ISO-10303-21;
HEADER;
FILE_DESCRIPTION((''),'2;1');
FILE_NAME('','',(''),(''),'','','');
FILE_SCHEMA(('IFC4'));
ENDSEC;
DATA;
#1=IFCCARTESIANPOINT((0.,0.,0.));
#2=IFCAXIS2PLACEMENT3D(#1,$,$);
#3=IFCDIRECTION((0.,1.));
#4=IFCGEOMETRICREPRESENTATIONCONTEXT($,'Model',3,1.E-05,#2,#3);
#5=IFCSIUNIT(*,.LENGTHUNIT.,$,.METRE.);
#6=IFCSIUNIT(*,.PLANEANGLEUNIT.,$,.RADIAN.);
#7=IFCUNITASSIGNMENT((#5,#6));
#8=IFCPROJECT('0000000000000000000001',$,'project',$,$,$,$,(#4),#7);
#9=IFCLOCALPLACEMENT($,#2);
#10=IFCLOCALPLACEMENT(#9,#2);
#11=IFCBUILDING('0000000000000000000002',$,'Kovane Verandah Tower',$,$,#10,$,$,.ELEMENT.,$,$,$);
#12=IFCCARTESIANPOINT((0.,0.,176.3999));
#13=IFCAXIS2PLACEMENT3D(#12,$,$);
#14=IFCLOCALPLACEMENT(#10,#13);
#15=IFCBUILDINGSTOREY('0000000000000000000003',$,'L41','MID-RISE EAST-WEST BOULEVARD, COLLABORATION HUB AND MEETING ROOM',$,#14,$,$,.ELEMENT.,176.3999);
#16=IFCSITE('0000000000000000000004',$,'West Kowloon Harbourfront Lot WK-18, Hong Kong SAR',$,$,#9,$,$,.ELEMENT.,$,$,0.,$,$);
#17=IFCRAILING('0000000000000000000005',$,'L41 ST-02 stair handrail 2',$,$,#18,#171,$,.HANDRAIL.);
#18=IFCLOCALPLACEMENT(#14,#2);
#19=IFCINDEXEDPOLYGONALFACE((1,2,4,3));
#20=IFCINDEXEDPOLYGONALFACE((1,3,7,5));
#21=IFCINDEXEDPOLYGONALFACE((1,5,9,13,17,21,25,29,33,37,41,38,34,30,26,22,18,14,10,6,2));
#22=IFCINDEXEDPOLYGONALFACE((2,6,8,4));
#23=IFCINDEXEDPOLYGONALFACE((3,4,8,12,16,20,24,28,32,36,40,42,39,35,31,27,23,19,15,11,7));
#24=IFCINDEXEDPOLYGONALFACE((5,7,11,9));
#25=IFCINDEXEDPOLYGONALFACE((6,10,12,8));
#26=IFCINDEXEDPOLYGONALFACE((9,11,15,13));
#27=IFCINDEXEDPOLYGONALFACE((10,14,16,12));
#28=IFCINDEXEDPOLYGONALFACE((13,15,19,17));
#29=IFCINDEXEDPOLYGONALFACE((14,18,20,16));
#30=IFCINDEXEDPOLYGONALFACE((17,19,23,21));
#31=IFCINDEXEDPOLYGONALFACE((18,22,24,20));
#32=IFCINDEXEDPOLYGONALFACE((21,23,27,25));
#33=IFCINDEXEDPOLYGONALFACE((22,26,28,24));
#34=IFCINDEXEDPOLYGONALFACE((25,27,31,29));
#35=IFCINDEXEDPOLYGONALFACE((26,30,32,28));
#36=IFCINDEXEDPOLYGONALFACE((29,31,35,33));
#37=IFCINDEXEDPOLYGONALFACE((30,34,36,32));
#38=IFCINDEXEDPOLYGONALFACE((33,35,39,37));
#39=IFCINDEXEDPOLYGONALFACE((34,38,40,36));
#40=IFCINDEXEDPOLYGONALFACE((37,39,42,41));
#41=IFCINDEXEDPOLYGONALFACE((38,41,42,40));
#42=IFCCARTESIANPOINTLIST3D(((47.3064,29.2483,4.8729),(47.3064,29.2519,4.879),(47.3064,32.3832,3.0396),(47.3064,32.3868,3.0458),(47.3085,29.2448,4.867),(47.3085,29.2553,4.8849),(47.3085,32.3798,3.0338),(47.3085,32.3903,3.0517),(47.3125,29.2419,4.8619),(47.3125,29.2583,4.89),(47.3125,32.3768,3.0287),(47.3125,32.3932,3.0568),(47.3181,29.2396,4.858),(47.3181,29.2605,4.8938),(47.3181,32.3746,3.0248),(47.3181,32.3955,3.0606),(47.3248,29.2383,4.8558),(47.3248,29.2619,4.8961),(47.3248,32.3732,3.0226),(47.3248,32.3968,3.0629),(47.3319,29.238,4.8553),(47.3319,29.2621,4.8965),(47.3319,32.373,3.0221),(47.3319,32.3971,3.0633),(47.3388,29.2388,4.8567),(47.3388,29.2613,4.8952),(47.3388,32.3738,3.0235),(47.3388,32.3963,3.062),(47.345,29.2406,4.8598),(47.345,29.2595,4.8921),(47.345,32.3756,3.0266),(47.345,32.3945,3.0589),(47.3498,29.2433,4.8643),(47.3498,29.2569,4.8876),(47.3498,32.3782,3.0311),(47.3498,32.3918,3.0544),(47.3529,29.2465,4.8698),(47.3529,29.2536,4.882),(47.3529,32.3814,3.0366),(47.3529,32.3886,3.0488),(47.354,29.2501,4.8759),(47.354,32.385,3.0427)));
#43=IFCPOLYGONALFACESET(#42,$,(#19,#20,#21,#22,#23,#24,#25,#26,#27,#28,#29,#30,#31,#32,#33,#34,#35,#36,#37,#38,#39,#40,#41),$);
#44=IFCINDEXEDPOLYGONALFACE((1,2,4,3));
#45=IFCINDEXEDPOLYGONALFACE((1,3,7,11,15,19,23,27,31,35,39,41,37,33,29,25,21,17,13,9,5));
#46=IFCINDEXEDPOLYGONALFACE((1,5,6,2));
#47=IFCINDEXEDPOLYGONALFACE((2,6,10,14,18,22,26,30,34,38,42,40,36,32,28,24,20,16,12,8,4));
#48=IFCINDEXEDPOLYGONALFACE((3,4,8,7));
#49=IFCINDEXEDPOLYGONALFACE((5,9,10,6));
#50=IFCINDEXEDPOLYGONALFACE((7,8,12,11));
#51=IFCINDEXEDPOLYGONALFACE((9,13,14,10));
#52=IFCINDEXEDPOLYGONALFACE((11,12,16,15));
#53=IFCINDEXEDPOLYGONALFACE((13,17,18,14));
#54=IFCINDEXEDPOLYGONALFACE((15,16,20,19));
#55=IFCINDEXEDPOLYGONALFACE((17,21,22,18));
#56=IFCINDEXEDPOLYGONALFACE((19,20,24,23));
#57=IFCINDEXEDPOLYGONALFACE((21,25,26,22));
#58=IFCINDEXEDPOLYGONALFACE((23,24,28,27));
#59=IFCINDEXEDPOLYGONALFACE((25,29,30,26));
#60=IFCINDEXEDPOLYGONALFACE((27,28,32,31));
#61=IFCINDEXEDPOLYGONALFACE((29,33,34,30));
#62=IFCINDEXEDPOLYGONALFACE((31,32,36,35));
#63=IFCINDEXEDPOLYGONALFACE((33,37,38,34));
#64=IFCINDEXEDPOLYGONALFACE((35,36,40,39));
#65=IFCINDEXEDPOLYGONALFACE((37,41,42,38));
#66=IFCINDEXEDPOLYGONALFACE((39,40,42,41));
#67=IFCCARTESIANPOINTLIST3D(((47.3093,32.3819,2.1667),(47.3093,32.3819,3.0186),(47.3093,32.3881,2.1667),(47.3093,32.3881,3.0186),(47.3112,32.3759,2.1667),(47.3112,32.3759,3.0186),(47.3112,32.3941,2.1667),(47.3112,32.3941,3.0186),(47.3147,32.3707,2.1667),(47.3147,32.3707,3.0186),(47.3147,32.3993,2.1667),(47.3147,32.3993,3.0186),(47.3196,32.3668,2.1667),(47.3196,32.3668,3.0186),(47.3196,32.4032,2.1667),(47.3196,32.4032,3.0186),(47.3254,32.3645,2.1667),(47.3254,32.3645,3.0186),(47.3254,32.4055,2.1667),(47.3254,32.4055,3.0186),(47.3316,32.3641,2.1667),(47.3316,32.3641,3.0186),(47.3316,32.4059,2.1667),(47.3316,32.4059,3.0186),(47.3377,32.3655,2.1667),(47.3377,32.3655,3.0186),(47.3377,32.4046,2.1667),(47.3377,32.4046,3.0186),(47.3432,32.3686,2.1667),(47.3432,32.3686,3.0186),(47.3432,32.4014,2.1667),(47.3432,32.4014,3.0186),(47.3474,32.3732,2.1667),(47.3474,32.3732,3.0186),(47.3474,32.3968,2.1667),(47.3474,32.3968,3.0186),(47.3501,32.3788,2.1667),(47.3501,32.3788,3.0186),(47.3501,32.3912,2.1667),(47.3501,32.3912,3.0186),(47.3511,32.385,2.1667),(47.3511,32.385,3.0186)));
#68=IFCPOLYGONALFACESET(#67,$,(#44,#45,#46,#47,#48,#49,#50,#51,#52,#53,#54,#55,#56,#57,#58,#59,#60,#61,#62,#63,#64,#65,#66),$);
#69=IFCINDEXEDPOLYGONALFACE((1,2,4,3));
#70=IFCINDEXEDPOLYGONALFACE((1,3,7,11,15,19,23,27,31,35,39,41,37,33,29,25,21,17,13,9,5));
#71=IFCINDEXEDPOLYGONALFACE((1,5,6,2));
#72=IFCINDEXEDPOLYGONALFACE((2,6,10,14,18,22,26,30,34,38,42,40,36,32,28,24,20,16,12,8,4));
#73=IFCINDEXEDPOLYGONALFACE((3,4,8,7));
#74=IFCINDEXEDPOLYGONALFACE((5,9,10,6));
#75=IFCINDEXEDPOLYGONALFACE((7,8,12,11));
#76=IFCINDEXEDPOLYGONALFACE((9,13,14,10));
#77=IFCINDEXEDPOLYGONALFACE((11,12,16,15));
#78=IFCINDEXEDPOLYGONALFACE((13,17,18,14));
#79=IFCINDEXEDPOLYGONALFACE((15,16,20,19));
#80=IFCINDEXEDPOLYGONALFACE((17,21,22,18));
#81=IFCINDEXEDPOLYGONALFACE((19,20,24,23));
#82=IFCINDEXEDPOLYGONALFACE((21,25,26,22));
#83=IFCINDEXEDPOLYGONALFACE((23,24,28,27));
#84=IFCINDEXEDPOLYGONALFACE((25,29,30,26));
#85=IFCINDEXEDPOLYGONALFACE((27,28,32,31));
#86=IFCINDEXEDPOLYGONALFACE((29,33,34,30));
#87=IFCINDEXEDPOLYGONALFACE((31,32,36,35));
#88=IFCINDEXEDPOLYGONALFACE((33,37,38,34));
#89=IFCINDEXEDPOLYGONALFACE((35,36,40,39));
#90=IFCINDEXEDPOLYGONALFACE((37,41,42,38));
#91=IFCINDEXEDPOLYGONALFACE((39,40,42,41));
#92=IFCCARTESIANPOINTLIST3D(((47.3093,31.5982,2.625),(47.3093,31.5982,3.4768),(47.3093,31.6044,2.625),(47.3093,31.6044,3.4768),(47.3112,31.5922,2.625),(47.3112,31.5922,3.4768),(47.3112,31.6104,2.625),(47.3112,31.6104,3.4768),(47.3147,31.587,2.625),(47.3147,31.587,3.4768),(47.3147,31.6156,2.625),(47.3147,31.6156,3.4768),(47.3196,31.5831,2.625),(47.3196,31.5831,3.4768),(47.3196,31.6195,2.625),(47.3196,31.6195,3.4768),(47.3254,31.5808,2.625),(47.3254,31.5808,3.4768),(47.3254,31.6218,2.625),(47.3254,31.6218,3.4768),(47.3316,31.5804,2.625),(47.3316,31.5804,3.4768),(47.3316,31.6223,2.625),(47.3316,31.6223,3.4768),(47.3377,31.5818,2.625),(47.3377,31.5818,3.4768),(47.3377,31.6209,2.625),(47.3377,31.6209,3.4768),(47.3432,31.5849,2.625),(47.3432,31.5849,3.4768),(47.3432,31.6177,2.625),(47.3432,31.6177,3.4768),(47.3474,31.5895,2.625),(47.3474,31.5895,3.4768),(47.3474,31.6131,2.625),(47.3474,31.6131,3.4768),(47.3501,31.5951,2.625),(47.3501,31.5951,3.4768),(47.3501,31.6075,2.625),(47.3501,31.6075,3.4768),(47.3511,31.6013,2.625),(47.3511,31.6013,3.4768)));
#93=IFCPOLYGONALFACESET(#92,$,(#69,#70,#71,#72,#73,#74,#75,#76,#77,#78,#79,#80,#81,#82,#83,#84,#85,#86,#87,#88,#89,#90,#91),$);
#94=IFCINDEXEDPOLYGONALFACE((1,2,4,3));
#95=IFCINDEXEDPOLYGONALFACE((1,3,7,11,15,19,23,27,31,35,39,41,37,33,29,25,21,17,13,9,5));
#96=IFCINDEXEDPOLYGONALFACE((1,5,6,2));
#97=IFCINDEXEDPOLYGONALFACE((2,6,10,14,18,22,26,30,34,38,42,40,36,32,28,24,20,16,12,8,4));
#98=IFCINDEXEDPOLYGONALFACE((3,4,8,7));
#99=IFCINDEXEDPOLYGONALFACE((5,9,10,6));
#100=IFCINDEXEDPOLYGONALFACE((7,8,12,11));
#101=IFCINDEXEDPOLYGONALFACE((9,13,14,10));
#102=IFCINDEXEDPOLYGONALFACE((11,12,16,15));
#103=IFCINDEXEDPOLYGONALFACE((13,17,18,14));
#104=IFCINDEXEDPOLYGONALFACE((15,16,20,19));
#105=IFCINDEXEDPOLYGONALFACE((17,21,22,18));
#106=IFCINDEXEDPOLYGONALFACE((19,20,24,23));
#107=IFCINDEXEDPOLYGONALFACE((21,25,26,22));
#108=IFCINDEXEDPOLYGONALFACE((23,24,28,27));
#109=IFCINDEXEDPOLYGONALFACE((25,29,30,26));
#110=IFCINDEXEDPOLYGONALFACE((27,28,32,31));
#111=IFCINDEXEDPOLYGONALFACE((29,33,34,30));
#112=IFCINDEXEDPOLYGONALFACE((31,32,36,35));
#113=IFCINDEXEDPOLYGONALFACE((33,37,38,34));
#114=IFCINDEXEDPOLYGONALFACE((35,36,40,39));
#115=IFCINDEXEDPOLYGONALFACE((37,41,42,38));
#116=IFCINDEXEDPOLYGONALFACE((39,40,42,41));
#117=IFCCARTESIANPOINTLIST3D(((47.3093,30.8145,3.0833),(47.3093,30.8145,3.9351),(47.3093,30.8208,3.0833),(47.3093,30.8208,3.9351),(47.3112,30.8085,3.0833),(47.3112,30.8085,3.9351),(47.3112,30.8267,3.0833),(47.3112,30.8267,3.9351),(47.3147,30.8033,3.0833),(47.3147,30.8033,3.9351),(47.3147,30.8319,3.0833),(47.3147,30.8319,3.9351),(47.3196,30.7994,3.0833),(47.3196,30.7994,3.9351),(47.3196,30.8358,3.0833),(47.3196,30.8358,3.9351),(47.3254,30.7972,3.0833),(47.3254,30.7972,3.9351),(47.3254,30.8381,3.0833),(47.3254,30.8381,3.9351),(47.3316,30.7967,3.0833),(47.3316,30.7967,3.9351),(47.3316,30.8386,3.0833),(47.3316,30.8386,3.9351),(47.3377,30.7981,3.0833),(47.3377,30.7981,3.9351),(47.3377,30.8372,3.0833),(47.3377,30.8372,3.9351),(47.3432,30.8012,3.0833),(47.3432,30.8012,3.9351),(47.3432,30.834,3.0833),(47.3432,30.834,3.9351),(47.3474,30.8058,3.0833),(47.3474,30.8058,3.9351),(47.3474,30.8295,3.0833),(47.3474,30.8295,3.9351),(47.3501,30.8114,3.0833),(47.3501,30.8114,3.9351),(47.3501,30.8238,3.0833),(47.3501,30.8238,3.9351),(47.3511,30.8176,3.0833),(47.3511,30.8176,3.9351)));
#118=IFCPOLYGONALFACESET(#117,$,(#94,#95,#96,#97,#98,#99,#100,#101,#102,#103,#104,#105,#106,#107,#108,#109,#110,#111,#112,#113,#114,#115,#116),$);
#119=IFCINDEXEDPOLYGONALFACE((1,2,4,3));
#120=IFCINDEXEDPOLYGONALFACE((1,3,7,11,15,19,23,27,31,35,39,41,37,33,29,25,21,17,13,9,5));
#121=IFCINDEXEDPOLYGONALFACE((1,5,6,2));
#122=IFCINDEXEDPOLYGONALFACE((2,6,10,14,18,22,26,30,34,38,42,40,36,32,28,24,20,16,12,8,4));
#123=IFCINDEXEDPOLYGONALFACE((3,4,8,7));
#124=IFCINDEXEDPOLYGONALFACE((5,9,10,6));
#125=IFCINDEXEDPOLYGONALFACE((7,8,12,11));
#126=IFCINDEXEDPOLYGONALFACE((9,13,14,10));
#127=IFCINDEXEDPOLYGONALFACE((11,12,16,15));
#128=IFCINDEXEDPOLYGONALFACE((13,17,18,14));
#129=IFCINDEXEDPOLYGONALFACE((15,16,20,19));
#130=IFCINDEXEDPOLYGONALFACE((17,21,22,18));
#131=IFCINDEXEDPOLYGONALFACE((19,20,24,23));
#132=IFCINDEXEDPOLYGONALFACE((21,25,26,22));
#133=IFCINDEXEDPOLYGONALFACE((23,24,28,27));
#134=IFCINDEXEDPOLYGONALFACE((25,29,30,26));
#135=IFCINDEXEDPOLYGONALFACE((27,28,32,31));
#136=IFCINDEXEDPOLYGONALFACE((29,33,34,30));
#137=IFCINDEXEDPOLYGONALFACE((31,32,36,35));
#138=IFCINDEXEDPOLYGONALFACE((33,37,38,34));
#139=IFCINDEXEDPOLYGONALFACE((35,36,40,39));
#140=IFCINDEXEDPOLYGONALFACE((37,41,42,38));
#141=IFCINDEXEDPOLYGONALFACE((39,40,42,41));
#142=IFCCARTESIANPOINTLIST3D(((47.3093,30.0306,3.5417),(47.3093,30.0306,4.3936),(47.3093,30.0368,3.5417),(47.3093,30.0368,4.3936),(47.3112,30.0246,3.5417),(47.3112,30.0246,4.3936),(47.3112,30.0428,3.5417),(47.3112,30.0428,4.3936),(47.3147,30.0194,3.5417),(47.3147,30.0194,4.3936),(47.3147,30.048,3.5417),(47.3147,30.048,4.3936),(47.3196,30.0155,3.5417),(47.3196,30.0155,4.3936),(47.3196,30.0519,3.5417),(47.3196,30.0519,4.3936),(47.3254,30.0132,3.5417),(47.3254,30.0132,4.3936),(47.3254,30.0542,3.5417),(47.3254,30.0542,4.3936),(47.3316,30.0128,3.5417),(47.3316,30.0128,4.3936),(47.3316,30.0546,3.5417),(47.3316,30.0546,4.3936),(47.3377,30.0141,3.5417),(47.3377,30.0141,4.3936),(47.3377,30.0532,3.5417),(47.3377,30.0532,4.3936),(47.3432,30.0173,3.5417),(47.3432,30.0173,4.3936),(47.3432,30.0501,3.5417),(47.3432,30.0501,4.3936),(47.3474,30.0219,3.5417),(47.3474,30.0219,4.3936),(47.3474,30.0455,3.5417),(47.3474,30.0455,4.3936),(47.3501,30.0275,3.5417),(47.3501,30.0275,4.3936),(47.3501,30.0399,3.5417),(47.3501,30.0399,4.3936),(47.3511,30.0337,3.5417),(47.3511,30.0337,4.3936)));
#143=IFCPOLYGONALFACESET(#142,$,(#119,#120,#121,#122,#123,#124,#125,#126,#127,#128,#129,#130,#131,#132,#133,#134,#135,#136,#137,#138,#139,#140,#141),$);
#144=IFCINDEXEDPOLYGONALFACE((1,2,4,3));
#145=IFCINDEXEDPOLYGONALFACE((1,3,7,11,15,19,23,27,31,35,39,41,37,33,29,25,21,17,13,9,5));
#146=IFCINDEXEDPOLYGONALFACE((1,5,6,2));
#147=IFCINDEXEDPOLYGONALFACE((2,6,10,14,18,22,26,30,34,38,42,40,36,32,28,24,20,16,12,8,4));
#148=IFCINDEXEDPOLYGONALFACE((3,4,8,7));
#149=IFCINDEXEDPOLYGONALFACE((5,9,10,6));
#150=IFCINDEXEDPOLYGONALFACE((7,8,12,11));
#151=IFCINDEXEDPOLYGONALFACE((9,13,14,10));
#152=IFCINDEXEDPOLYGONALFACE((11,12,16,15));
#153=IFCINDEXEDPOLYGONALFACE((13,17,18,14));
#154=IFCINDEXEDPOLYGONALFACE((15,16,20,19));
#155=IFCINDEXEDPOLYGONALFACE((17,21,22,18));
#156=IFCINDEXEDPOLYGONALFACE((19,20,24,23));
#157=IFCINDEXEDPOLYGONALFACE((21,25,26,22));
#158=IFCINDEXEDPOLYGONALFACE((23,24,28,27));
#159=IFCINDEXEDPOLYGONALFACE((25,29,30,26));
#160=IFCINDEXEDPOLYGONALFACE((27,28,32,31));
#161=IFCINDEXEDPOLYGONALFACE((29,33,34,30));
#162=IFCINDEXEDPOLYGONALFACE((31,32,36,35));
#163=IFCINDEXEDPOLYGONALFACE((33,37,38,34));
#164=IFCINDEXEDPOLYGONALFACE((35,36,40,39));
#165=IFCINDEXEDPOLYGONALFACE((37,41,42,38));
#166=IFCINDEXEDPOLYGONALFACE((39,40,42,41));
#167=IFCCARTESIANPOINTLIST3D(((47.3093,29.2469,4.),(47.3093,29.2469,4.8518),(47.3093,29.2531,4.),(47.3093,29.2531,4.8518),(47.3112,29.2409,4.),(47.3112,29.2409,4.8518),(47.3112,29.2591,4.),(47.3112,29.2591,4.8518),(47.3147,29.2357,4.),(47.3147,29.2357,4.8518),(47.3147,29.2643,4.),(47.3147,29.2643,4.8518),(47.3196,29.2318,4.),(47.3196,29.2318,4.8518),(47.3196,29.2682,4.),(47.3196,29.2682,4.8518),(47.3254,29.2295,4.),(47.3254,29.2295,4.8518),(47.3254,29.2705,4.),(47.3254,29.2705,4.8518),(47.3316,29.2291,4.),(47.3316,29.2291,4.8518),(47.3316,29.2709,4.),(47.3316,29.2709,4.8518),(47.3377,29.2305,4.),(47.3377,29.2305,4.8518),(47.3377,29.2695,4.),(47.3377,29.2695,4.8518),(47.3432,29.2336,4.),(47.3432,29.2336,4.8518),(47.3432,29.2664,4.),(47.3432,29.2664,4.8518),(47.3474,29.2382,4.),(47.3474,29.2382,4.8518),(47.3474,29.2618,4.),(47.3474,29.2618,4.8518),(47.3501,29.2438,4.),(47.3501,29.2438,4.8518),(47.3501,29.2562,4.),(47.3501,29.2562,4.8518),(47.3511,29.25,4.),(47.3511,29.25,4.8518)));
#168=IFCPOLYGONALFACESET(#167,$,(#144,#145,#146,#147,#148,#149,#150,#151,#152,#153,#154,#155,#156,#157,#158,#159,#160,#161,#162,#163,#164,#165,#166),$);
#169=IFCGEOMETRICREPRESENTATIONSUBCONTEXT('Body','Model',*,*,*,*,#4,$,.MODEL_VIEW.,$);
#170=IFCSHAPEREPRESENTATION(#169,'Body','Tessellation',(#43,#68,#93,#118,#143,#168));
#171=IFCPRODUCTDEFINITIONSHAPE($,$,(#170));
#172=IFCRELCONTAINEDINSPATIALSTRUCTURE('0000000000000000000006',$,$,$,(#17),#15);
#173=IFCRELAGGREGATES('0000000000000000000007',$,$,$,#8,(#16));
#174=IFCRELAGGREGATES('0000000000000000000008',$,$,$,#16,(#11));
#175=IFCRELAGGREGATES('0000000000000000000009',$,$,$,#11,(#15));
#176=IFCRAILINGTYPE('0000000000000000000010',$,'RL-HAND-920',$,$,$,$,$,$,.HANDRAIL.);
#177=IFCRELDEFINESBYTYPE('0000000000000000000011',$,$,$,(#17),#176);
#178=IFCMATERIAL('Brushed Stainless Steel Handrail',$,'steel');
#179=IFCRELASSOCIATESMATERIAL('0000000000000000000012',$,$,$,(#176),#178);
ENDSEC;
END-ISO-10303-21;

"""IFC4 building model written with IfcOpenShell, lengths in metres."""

from ifc_helpers import new_model, si_unit, direction, frame, origin, origin_2d, place, context, subcontext, project, spatial, circle, extrude, material, type_object, element, save


model = new_model("IFC4")

# Units and contexts
model_context = context("Model", 3, precision=1e-05, world=origin(), true_north=direction((0.0, 1.0)))
body_context = subcontext(model_context, "Body", "Model", "MODEL_VIEW")
ifc_project = project(units=[si_unit("LENGTHUNIT", "METRE"), si_unit("PLANEANGLEUNIT", "RADIAN")], contexts=[model_context])

# Site, building, storey
site_placement = place(None, origin())
site = spatial("IfcSite", under=ifc_project, at=site_placement, Name="West Kowloon Harbourfront Lot WK-18, Hong Kong SAR", CompositionType="ELEMENT", RefElevation=0.0)
building_placement = place(site_placement, origin())
building = spatial("IfcBuilding", under=site, at=building_placement, Name="Kovane Verandah Tower", CompositionType="ELEMENT")
storey_placement = place(building_placement, frame((0.0, 0.0, 176.3999)))
storey = spatial("IfcBuildingStorey", under=building, at=storey_placement, Name="L41", Description="MID-RISE EAST-WEST BOULEVARD, COLLABORATION HUB AND MEETING ROOM", CompositionType="ELEMENT", Elevation=176.3999)

# Railing
ifc_material_1 = material(Name="Brushed Stainless Steel Handrail", Category="steel")
railing_type_1 = type_object("IfcRailingType", Name="RL-HAND-920", PredefinedType="HANDRAIL", material=ifc_material_1)
railing_1_placement = place(storey_placement, frame((47.3301, 32.385, 2.1667)))
element("IfcRailing", 1, at=railing_1_placement, inside=storey, type_object=railing_type_1, Name="L41 ST-02 stair handrail 2", PredefinedType="HANDRAIL", context=body_context, shape_type="SweptSolid", body=[
    extrude(circle(Radius=0.0239, at=origin_2d()), frame((0.0, 0.0, 0.876), z_axis=(0.0, -0.86324, 0.504794), x_axis=(1.0, 0.0, 0.0)), (0.0, 0.0, 1.0), 3.6316),
    extrude(circle(Radius=0.021, at=origin_2d()), origin(), (0.0, 0.0, 1.0), 0.8518),
    extrude(circle(Radius=0.021, at=origin_2d()), frame((0.0, -0.7837, 0.4583)), (0.0, 0.0, 1.0), 0.8518),
    extrude(circle(Radius=0.021, at=origin_2d()), frame((0.0, -1.5674, 0.9165)), (0.0, 0.0, 1.0), 0.8518),
    extrude(circle(Radius=0.021, at=origin_2d()), frame((0.0, -2.3513, 1.375)), (0.0, 0.0, 1.0), 0.8518),
    extrude(circle(Radius=0.021, at=origin_2d()), frame((0.0, -3.135, 1.8333)), (0.0, 0.0, 1.0), 0.8518),
])

save(model, "model.ifc")
